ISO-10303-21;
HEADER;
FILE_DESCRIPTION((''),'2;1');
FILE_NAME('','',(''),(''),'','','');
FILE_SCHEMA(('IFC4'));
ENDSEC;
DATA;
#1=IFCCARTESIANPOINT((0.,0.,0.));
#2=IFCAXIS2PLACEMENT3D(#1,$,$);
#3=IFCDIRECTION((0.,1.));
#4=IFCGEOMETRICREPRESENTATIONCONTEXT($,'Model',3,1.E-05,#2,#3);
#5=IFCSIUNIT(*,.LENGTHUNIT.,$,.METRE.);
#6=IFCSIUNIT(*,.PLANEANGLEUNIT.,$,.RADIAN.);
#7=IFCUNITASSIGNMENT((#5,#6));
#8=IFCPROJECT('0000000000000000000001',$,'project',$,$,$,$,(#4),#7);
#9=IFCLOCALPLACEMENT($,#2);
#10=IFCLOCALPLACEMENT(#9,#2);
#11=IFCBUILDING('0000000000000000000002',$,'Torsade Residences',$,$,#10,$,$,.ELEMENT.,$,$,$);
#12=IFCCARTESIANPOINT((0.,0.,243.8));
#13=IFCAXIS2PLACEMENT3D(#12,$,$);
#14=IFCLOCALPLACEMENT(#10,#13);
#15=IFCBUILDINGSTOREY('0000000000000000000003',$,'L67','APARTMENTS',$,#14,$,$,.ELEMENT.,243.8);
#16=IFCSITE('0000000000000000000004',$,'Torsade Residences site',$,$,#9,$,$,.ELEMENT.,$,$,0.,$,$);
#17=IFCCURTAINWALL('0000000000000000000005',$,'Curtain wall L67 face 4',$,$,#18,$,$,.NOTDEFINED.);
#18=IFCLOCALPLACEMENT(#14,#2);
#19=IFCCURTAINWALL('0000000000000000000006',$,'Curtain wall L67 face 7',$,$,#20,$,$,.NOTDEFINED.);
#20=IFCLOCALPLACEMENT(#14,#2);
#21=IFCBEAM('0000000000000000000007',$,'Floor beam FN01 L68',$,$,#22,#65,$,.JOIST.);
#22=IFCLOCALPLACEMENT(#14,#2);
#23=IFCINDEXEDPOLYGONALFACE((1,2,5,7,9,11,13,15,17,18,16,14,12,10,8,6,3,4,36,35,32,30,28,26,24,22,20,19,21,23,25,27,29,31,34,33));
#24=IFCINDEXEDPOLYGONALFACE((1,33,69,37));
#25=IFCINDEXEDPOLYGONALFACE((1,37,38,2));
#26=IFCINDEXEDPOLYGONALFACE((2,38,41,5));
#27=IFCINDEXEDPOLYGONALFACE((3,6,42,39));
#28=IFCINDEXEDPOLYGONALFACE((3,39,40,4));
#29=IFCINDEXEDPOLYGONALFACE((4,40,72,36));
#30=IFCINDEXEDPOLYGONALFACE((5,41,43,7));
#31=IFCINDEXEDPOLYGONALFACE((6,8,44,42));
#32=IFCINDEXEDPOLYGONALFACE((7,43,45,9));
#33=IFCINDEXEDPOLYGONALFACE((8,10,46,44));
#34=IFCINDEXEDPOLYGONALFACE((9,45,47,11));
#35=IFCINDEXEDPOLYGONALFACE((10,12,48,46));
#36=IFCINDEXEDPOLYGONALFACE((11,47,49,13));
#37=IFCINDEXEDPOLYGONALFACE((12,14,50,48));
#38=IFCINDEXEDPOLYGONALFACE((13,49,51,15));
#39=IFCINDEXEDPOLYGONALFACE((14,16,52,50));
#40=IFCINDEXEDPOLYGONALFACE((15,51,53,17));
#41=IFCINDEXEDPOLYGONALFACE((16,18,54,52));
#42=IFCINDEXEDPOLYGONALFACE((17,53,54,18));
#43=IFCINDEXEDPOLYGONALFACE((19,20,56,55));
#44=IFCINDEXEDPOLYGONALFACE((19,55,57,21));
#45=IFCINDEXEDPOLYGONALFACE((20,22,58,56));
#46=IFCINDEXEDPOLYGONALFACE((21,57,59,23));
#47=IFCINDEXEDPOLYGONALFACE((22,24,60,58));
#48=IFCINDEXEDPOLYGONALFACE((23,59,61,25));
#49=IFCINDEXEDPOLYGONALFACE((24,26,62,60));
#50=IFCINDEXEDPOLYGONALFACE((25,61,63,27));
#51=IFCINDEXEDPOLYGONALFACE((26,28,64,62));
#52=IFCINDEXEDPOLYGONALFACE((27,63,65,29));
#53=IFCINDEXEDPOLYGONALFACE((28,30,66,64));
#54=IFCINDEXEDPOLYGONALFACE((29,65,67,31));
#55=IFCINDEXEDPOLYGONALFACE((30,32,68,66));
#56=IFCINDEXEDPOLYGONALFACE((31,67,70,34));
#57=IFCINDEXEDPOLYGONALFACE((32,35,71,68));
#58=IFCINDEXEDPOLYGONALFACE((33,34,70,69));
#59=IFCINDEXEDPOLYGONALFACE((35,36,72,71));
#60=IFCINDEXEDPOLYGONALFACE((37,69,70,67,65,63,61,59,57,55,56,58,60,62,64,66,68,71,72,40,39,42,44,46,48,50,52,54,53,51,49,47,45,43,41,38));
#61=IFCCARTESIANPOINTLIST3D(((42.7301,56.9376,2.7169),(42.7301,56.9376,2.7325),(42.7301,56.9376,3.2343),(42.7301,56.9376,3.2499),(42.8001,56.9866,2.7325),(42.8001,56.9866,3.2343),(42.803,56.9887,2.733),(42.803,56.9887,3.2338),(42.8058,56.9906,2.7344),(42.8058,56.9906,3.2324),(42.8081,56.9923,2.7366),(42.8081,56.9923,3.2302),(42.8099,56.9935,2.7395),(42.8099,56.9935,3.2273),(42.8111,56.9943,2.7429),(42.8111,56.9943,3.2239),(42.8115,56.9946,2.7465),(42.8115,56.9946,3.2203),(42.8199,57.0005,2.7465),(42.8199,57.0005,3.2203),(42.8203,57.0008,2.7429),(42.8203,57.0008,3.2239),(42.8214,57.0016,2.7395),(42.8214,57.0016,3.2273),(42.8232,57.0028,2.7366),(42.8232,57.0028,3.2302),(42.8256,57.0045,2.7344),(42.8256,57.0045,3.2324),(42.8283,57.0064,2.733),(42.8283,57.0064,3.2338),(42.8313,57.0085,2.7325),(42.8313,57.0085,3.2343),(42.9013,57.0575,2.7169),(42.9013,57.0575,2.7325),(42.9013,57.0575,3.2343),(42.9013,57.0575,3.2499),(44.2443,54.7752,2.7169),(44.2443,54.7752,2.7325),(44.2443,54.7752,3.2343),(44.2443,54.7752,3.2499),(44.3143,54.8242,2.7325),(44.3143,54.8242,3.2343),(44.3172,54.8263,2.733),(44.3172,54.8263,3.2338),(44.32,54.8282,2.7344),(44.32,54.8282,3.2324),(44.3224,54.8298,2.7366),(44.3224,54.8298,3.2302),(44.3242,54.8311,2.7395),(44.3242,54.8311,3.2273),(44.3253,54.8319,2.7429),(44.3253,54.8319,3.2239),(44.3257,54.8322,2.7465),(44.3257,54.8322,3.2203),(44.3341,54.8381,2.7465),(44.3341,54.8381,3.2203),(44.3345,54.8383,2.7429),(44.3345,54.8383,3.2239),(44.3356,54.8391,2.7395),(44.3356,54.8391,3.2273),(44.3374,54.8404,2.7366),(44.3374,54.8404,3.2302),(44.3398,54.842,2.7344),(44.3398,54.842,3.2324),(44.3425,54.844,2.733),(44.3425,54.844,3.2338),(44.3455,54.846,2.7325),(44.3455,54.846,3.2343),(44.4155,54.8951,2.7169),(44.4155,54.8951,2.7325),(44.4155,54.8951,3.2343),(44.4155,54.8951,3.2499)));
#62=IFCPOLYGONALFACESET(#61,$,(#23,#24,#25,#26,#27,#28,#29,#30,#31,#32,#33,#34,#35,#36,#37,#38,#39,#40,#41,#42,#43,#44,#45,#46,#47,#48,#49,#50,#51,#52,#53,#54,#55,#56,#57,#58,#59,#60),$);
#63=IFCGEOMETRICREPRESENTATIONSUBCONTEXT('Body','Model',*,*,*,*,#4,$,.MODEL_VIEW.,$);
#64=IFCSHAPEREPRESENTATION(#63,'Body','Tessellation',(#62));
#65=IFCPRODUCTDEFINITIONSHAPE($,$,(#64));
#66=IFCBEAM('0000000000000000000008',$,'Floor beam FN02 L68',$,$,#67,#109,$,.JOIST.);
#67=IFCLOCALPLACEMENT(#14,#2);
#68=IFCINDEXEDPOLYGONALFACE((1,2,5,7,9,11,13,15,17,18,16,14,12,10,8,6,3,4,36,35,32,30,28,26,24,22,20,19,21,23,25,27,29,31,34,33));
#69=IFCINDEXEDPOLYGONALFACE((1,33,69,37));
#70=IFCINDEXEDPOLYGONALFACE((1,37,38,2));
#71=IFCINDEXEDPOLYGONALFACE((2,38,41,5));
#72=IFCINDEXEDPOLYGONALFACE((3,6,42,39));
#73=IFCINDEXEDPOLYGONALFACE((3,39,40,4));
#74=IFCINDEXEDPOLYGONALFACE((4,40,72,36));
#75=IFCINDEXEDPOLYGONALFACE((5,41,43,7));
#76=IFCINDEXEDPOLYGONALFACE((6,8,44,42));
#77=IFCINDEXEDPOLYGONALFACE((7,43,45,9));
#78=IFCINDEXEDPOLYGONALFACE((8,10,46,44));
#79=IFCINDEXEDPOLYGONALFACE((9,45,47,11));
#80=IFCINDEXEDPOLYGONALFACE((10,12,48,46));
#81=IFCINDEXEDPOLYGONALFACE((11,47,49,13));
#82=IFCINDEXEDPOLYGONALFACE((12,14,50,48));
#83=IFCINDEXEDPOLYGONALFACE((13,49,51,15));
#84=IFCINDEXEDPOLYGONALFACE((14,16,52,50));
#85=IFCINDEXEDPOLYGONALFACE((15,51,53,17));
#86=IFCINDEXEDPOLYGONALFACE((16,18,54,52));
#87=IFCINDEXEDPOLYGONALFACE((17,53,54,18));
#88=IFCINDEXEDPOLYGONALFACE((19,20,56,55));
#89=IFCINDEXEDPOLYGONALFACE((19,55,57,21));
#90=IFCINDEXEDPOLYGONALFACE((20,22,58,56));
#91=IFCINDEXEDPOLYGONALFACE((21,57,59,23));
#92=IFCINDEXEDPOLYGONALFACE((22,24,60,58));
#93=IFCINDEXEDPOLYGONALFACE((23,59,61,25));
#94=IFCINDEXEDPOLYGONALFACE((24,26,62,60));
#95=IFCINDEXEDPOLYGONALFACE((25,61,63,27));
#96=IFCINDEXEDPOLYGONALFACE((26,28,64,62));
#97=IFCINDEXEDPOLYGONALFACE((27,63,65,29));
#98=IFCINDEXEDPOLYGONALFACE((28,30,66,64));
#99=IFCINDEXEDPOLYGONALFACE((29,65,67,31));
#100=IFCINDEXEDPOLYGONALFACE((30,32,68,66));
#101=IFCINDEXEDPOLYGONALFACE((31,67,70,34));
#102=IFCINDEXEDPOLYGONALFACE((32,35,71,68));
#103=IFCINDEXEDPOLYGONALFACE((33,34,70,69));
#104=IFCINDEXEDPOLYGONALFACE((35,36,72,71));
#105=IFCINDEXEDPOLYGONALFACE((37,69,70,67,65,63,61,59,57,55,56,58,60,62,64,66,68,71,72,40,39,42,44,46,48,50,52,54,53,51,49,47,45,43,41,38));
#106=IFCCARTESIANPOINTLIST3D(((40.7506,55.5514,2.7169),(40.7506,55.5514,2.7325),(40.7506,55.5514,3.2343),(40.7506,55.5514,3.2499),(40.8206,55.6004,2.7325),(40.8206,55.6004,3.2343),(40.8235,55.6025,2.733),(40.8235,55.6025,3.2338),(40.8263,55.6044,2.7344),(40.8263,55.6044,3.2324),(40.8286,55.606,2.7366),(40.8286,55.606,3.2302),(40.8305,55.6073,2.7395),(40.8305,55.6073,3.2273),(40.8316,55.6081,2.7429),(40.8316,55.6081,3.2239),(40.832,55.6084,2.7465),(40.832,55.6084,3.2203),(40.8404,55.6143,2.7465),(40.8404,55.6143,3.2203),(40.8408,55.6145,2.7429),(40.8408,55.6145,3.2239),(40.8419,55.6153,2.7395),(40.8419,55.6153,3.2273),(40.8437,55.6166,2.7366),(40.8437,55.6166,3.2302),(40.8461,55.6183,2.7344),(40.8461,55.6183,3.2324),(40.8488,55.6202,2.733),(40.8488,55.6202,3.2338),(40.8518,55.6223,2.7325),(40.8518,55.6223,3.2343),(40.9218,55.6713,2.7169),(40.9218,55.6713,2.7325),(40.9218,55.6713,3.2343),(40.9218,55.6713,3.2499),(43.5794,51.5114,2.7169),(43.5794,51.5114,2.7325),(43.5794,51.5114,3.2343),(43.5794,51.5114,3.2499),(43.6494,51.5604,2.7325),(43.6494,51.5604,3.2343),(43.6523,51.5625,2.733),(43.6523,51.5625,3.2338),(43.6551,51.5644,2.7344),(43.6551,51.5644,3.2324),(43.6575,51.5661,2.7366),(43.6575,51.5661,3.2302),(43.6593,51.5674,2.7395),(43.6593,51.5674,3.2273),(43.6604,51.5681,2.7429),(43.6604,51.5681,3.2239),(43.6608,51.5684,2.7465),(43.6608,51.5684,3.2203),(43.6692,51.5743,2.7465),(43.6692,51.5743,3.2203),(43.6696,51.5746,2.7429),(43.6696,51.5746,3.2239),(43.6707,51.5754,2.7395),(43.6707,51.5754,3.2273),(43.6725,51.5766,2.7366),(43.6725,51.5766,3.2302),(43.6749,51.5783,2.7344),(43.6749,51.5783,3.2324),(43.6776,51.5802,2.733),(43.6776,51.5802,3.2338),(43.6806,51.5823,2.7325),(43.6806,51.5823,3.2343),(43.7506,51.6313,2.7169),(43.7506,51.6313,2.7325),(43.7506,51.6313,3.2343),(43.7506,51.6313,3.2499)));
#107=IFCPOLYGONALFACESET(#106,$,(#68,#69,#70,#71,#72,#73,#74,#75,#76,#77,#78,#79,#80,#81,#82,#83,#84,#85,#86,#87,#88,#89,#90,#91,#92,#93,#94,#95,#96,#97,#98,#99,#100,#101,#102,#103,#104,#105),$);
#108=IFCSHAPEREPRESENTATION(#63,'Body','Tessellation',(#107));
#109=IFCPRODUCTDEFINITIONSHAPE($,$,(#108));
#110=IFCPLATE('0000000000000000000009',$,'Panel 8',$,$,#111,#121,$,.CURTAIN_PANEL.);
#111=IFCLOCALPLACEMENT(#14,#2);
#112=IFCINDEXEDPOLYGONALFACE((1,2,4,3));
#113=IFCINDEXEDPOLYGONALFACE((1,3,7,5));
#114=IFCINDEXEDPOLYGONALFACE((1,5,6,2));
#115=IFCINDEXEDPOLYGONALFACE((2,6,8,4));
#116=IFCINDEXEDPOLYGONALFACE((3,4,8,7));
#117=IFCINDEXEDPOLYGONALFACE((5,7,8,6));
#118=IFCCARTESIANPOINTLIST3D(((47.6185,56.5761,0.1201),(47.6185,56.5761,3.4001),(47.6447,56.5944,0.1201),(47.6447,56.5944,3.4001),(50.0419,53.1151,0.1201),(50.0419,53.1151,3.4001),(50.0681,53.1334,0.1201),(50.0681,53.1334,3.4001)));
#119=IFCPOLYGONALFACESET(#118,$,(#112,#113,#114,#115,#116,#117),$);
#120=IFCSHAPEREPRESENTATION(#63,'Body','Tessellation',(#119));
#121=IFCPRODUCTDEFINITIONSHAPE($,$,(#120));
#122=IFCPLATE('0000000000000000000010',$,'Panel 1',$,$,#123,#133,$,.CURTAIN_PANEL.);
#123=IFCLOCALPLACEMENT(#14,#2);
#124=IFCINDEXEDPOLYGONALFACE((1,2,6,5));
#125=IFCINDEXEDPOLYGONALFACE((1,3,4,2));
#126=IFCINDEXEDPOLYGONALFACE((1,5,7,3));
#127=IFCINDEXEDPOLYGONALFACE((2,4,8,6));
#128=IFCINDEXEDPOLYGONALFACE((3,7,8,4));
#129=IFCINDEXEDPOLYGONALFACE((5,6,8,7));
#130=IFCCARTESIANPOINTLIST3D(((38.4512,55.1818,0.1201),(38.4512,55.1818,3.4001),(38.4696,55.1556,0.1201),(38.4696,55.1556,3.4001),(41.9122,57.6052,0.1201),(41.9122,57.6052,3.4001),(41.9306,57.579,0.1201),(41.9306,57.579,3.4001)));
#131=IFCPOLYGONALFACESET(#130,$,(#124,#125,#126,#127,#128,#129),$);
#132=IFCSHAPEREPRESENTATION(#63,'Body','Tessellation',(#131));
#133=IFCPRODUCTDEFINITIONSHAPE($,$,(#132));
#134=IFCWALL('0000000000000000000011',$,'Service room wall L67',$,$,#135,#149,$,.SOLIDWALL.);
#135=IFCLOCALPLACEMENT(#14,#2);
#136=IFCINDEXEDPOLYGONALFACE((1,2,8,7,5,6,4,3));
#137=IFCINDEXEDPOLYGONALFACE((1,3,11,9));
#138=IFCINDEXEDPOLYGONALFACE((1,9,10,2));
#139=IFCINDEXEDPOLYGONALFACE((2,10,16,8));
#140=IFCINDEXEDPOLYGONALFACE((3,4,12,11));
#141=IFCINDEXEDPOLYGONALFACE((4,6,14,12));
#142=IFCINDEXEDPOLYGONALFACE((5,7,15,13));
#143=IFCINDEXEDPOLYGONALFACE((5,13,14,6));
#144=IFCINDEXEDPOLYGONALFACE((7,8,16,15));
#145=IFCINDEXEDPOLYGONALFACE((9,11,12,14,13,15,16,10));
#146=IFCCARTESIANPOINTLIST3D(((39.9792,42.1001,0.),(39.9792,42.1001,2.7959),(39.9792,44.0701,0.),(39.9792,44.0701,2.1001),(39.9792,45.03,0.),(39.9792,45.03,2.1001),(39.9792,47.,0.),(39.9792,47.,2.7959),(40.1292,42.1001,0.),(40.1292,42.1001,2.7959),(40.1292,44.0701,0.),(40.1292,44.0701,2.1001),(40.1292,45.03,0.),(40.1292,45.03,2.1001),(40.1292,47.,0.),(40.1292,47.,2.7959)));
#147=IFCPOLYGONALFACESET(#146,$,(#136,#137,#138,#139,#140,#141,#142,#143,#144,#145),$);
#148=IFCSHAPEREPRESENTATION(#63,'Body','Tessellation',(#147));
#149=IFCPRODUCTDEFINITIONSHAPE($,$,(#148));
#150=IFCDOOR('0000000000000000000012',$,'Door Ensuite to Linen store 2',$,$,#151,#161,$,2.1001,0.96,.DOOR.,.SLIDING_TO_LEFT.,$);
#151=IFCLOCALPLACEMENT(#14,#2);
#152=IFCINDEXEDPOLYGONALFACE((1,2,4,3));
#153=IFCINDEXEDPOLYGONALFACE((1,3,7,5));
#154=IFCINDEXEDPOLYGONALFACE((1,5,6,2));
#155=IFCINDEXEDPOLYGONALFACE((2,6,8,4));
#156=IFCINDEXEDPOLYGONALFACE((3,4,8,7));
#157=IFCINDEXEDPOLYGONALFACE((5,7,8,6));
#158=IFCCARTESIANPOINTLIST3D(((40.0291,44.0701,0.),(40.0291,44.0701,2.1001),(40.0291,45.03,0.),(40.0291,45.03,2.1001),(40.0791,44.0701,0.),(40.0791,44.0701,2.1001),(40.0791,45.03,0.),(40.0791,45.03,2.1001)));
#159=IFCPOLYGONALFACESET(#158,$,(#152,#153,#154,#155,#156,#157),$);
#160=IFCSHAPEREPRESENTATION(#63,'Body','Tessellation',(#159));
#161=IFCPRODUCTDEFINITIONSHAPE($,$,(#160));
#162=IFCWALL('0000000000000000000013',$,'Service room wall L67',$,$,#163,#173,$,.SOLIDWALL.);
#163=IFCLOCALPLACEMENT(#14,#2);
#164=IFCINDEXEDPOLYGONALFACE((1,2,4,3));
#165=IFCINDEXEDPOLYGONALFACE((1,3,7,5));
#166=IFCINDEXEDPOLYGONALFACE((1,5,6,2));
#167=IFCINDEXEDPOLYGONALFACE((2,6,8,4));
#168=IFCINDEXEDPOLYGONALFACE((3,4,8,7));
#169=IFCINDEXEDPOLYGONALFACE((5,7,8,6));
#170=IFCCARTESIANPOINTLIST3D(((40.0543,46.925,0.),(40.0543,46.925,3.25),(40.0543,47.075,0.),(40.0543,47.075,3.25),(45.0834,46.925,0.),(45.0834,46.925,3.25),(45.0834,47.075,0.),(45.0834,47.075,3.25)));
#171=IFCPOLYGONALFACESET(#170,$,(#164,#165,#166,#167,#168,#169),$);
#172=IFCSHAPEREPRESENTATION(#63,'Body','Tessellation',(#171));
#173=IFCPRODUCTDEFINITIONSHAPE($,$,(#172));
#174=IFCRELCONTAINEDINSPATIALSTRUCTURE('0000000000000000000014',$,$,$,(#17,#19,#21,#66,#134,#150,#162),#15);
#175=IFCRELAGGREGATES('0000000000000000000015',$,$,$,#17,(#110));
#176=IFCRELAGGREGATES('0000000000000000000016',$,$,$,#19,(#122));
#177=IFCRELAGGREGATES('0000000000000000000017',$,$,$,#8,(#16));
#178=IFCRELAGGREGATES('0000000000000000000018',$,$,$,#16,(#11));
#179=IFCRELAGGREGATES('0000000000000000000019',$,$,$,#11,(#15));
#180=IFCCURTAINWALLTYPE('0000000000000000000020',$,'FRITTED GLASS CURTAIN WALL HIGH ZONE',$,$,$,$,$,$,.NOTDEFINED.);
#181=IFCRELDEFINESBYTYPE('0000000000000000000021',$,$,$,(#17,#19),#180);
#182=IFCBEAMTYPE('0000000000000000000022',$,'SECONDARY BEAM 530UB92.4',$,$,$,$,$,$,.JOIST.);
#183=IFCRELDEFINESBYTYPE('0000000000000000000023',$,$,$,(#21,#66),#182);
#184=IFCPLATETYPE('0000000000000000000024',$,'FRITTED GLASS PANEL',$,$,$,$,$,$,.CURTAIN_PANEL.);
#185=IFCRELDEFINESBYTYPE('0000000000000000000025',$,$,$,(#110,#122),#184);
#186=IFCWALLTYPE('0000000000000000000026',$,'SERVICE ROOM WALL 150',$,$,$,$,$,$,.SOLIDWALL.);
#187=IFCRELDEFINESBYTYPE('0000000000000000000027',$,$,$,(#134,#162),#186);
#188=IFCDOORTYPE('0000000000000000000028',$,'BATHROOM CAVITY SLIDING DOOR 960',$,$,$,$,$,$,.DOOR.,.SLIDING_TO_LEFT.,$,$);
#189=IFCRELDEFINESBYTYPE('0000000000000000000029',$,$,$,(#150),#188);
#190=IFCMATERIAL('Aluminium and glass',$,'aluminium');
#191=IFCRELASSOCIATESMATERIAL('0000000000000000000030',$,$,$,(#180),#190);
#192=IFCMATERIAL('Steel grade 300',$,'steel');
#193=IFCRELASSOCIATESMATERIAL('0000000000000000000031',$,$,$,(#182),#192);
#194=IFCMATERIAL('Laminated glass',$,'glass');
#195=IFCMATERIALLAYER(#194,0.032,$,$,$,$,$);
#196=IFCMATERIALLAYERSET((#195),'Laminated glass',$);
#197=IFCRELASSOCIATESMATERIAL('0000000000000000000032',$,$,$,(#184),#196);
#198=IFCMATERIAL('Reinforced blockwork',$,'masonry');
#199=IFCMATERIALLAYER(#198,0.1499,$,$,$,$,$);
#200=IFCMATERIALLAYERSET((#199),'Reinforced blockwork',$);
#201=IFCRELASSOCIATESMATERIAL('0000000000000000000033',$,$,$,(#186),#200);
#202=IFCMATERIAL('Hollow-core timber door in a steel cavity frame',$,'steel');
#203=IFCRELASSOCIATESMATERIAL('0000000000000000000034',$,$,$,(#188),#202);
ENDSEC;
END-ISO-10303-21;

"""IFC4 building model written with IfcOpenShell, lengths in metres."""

from ifc_helpers import new_model, si_unit, direction, frame, frame_2d, origin, origin_2d, place, context, subcontext, project, spatial, rectangle, i_section, extrude, material, layer, layer_set, material_profile, profile_set, type_object, element, fill, aggregate, save


model = new_model("IFC4")

# Units and contexts
model_context = context("Model", 3, precision=1e-05, world=origin(), true_north=direction((0.0, 1.0)))
body_context = subcontext(model_context, "Body", "Model", "MODEL_VIEW")
ifc_project = project(units=[si_unit("LENGTHUNIT", "METRE"), si_unit("PLANEANGLEUNIT", "RADIAN")], contexts=[model_context])

# Site, building, storey
site_placement = place(None, origin())
site = spatial("IfcSite", under=ifc_project, at=site_placement, Name="Torsade Residences site", CompositionType="ELEMENT", RefElevation=0.0)
building_placement = place(site_placement, origin())
building = spatial("IfcBuilding", under=site, at=building_placement, Name="Torsade Residences", CompositionType="ELEMENT")
storey_placement = place(building_placement, frame((0.0, 0.0, 243.8)))
storey = spatial("IfcBuildingStorey", under=building, at=storey_placement, Name="L67", Description="APARTMENTS", CompositionType="ELEMENT", Elevation=243.8)

# Curtain wall
ifc_material_1 = material(Name="Aluminium and glass", Category="aluminium")
curtain_wall_type = type_object("IfcCurtainWallType", Name="FRITTED GLASS CURTAIN WALL HIGH ZONE", PredefinedType="NOTDEFINED", material=ifc_material_1)
curtain_wall_1_placement = place(storey_placement, origin())
curtain_wall_1 = element("IfcCurtainWall", 1, at=curtain_wall_1_placement, inside=storey, type_object=curtain_wall_type, Name="Curtain wall L67 face 4", PredefinedType="NOTDEFINED")

# Curtain wall
curtain_wall_2_placement = place(storey_placement, origin())
curtain_wall_2 = element("IfcCurtainWall", 2, at=curtain_wall_2_placement, inside=storey, type_object=curtain_wall_type, Name="Curtain wall L67 face 7", PredefinedType="NOTDEFINED")

# Beams
ifc_material_2 = material(Name="Steel grade 300", Category="steel")
ifc_material_profile_1 = material_profile(ifc_material_2, i_section(OverallWidth=0.209, OverallDepth=0.533, WebThickness=0.0103, FlangeThickness=0.0156, FilletRadius=0.0139, at=origin_2d()), Name="530UB92.4")
ifc_profile_set_1 = profile_set([ifc_material_profile_1], Name="Steel grade 300")
beam_type_1 = type_object("IfcBeamType", Name="SECONDARY BEAM 530UB92.4", PredefinedType="JOIST", material=ifc_profile_set_1)
beam_1_placement = place(storey_placement, frame((42.8157, 56.9976, 2.9834), z_axis=(0.573593, -0.819141, 0.0), x_axis=(0.819141, 0.573593, 0.0)))
element("IfcBeam", 3, at=beam_1_placement, inside=storey, type_object=beam_type_1, Name="Floor beam FN01 L68", PredefinedType="JOIST", context=body_context, shape_type="SweptSolid", body=[
    extrude(i_section(OverallWidth=0.209, OverallDepth=0.533, WebThickness=0.0103, FlangeThickness=0.0156, FilletRadius=0.0139, at=origin_2d()), origin(), (0.0, 0.0, 1.0), 2.6399),
])
beam_2_placement = place(storey_placement, frame((40.8362, 55.6113, 2.9834), z_axis=(0.573575, -0.819153, 0.0), x_axis=(0.819153, 0.573575, 0.0)))
element("IfcBeam", 4, at=beam_2_placement, inside=storey, type_object=beam_type_1, Name="Floor beam FN02 L68", PredefinedType="JOIST", context=body_context, shape_type="SweptSolid", body=[
    extrude(i_section(OverallWidth=0.209, OverallDepth=0.533, WebThickness=0.0103, FlangeThickness=0.0156, FilletRadius=0.0139, at=origin_2d()), origin(), (0.0, 0.0, 1.0), 4.9319),
])

# Plates
ifc_material_3 = material(Name="Laminated glass", Category="glass")
ifc_layer_1 = layer(ifc_material_3, 0.032)
ifc_layer_set_1 = layer_set([ifc_layer_1], Name="Laminated glass")
plate_type = type_object("IfcPlateType", Name="FRITTED GLASS PANEL", PredefinedType="CURTAIN_PANEL", material=ifc_layer_set_1)
plate_1_placement = place(storey_placement, frame((48.8433, 54.8547, 0.1201), z_axis=(0.0, 0.0, 1.0), x_axis=(-0.573576, 0.819152, 0.0)))
plate_1 = element("IfcPlate", 5, at=plate_1_placement, type_object=plate_type, Name="Panel 8", PredefinedType="CURTAIN_PANEL", context=body_context, shape_type="SweptSolid", body=[
    extrude(rectangle(XDim=4.2251, YDim=0.032, at=origin_2d()), origin(), (0.0, 0.0, 1.0), 3.28),
])
aggregate(curtain_wall_1, [plate_1])
plate_2_placement = place(storey_placement, frame((40.1909, 56.3804, 0.1201), z_axis=(0.0, 0.0, 1.0), x_axis=(-0.819152, -0.573576, 0.0)))
plate_2 = element("IfcPlate", 6, at=plate_2_placement, type_object=plate_type, Name="Panel 1", PredefinedType="CURTAIN_PANEL", context=body_context, shape_type="SweptSolid", body=[
    extrude(rectangle(XDim=4.2251, YDim=0.032, at=origin_2d()), origin(), (0.0, 0.0, 1.0), 3.28),
])
aggregate(curtain_wall_2, [plate_2])

# Wall, opening, door
ifc_material_4 = material(Name="Reinforced blockwork", Category="masonry")
ifc_layer_2 = layer(ifc_material_4, 0.1499)
ifc_layer_set_2 = layer_set([ifc_layer_2], Name="Reinforced blockwork")
wall_type_1 = type_object("IfcWallType", Name="SERVICE ROOM WALL 150", PredefinedType="SOLIDWALL", material=ifc_layer_set_2)
wall_1_placement = place(storey_placement, frame((40.0542, 47.0, 0.0), z_axis=(0.0, 0.0, 1.0), x_axis=(0.0, -1.0, 0.0)))
wall_1 = element("IfcWall", 7, at=wall_1_placement, inside=storey, type_object=wall_type_1, Name="Service room wall L67", PredefinedType="SOLIDWALL", context=body_context, shape_type="SweptSolid", body=[
    extrude(rectangle(XDim=4.8999, YDim=0.1499, at=frame_2d((2.45, 0.0))), origin(), (0.0, 0.0, 1.0), 2.7959),
])
opening_1_placement = place(wall_1_placement, frame((1.97, 0.0, 0.0)))
opening_1 = element("IfcOpeningElement", 8, at=opening_1_placement, cuts=wall_1, PredefinedType="OPENING", context=body_context, shape_type="SweptSolid", body=[
    extrude(rectangle(XDim=0.96, YDim=2.1001, at=frame_2d((0.48, 1.05))), frame((0.0, 0.085, 0.0), z_axis=(0.0, -1.0, 0.0), x_axis=(1.0, 0.0, 0.0)), (0.0, 0.0, 1.0), 0.1699),
])
ifc_material_5 = material(Name="Hollow-core timber door in a steel cavity frame", Category="steel")
door_type_1 = type_object("IfcDoorType", Name="BATHROOM CAVITY SLIDING DOOR 960", OperationType="SLIDING_TO_LEFT", PredefinedType="DOOR", material=ifc_material_5)
door_1_placement = place(opening_1_placement, origin())
door_1 = element("IfcDoor", 9, at=door_1_placement, inside=storey, type_object=door_type_1, Name="Door Ensuite to Linen store 2", OperationType="SLIDING_TO_LEFT", OverallHeight=2.1001, OverallWidth=0.96, PredefinedType="DOOR", context=body_context, shape_type="SweptSolid", body=[
    extrude(rectangle(XDim=0.96, YDim=2.1001, at=frame_2d((0.48, 1.05))), frame((0.0, 0.0249, 0.0), z_axis=(0.0, -1.0, 0.0), x_axis=(1.0, 0.0, 0.0)), (0.0, 0.0, 1.0), 0.05),
])
fill(opening_1, door_1)

# Wall
wall_2_placement = place(storey_placement, frame((40.0542, 47.0, 0.0), z_axis=(0.0, 0.0, 1.0), x_axis=(1.0, 0.0, 0.0)))
element("IfcWall", 10, at=wall_2_placement, inside=storey, type_object=wall_type_1, Name="Service room wall L67", PredefinedType="SOLIDWALL", context=body_context, shape_type="SweptSolid", body=[
    extrude(rectangle(XDim=5.0291, YDim=0.1499, at=frame_2d((2.5146, 0.0))), origin(), (0.0, 0.0, 1.0), 3.25),
])

save(model, "model.ifc")
